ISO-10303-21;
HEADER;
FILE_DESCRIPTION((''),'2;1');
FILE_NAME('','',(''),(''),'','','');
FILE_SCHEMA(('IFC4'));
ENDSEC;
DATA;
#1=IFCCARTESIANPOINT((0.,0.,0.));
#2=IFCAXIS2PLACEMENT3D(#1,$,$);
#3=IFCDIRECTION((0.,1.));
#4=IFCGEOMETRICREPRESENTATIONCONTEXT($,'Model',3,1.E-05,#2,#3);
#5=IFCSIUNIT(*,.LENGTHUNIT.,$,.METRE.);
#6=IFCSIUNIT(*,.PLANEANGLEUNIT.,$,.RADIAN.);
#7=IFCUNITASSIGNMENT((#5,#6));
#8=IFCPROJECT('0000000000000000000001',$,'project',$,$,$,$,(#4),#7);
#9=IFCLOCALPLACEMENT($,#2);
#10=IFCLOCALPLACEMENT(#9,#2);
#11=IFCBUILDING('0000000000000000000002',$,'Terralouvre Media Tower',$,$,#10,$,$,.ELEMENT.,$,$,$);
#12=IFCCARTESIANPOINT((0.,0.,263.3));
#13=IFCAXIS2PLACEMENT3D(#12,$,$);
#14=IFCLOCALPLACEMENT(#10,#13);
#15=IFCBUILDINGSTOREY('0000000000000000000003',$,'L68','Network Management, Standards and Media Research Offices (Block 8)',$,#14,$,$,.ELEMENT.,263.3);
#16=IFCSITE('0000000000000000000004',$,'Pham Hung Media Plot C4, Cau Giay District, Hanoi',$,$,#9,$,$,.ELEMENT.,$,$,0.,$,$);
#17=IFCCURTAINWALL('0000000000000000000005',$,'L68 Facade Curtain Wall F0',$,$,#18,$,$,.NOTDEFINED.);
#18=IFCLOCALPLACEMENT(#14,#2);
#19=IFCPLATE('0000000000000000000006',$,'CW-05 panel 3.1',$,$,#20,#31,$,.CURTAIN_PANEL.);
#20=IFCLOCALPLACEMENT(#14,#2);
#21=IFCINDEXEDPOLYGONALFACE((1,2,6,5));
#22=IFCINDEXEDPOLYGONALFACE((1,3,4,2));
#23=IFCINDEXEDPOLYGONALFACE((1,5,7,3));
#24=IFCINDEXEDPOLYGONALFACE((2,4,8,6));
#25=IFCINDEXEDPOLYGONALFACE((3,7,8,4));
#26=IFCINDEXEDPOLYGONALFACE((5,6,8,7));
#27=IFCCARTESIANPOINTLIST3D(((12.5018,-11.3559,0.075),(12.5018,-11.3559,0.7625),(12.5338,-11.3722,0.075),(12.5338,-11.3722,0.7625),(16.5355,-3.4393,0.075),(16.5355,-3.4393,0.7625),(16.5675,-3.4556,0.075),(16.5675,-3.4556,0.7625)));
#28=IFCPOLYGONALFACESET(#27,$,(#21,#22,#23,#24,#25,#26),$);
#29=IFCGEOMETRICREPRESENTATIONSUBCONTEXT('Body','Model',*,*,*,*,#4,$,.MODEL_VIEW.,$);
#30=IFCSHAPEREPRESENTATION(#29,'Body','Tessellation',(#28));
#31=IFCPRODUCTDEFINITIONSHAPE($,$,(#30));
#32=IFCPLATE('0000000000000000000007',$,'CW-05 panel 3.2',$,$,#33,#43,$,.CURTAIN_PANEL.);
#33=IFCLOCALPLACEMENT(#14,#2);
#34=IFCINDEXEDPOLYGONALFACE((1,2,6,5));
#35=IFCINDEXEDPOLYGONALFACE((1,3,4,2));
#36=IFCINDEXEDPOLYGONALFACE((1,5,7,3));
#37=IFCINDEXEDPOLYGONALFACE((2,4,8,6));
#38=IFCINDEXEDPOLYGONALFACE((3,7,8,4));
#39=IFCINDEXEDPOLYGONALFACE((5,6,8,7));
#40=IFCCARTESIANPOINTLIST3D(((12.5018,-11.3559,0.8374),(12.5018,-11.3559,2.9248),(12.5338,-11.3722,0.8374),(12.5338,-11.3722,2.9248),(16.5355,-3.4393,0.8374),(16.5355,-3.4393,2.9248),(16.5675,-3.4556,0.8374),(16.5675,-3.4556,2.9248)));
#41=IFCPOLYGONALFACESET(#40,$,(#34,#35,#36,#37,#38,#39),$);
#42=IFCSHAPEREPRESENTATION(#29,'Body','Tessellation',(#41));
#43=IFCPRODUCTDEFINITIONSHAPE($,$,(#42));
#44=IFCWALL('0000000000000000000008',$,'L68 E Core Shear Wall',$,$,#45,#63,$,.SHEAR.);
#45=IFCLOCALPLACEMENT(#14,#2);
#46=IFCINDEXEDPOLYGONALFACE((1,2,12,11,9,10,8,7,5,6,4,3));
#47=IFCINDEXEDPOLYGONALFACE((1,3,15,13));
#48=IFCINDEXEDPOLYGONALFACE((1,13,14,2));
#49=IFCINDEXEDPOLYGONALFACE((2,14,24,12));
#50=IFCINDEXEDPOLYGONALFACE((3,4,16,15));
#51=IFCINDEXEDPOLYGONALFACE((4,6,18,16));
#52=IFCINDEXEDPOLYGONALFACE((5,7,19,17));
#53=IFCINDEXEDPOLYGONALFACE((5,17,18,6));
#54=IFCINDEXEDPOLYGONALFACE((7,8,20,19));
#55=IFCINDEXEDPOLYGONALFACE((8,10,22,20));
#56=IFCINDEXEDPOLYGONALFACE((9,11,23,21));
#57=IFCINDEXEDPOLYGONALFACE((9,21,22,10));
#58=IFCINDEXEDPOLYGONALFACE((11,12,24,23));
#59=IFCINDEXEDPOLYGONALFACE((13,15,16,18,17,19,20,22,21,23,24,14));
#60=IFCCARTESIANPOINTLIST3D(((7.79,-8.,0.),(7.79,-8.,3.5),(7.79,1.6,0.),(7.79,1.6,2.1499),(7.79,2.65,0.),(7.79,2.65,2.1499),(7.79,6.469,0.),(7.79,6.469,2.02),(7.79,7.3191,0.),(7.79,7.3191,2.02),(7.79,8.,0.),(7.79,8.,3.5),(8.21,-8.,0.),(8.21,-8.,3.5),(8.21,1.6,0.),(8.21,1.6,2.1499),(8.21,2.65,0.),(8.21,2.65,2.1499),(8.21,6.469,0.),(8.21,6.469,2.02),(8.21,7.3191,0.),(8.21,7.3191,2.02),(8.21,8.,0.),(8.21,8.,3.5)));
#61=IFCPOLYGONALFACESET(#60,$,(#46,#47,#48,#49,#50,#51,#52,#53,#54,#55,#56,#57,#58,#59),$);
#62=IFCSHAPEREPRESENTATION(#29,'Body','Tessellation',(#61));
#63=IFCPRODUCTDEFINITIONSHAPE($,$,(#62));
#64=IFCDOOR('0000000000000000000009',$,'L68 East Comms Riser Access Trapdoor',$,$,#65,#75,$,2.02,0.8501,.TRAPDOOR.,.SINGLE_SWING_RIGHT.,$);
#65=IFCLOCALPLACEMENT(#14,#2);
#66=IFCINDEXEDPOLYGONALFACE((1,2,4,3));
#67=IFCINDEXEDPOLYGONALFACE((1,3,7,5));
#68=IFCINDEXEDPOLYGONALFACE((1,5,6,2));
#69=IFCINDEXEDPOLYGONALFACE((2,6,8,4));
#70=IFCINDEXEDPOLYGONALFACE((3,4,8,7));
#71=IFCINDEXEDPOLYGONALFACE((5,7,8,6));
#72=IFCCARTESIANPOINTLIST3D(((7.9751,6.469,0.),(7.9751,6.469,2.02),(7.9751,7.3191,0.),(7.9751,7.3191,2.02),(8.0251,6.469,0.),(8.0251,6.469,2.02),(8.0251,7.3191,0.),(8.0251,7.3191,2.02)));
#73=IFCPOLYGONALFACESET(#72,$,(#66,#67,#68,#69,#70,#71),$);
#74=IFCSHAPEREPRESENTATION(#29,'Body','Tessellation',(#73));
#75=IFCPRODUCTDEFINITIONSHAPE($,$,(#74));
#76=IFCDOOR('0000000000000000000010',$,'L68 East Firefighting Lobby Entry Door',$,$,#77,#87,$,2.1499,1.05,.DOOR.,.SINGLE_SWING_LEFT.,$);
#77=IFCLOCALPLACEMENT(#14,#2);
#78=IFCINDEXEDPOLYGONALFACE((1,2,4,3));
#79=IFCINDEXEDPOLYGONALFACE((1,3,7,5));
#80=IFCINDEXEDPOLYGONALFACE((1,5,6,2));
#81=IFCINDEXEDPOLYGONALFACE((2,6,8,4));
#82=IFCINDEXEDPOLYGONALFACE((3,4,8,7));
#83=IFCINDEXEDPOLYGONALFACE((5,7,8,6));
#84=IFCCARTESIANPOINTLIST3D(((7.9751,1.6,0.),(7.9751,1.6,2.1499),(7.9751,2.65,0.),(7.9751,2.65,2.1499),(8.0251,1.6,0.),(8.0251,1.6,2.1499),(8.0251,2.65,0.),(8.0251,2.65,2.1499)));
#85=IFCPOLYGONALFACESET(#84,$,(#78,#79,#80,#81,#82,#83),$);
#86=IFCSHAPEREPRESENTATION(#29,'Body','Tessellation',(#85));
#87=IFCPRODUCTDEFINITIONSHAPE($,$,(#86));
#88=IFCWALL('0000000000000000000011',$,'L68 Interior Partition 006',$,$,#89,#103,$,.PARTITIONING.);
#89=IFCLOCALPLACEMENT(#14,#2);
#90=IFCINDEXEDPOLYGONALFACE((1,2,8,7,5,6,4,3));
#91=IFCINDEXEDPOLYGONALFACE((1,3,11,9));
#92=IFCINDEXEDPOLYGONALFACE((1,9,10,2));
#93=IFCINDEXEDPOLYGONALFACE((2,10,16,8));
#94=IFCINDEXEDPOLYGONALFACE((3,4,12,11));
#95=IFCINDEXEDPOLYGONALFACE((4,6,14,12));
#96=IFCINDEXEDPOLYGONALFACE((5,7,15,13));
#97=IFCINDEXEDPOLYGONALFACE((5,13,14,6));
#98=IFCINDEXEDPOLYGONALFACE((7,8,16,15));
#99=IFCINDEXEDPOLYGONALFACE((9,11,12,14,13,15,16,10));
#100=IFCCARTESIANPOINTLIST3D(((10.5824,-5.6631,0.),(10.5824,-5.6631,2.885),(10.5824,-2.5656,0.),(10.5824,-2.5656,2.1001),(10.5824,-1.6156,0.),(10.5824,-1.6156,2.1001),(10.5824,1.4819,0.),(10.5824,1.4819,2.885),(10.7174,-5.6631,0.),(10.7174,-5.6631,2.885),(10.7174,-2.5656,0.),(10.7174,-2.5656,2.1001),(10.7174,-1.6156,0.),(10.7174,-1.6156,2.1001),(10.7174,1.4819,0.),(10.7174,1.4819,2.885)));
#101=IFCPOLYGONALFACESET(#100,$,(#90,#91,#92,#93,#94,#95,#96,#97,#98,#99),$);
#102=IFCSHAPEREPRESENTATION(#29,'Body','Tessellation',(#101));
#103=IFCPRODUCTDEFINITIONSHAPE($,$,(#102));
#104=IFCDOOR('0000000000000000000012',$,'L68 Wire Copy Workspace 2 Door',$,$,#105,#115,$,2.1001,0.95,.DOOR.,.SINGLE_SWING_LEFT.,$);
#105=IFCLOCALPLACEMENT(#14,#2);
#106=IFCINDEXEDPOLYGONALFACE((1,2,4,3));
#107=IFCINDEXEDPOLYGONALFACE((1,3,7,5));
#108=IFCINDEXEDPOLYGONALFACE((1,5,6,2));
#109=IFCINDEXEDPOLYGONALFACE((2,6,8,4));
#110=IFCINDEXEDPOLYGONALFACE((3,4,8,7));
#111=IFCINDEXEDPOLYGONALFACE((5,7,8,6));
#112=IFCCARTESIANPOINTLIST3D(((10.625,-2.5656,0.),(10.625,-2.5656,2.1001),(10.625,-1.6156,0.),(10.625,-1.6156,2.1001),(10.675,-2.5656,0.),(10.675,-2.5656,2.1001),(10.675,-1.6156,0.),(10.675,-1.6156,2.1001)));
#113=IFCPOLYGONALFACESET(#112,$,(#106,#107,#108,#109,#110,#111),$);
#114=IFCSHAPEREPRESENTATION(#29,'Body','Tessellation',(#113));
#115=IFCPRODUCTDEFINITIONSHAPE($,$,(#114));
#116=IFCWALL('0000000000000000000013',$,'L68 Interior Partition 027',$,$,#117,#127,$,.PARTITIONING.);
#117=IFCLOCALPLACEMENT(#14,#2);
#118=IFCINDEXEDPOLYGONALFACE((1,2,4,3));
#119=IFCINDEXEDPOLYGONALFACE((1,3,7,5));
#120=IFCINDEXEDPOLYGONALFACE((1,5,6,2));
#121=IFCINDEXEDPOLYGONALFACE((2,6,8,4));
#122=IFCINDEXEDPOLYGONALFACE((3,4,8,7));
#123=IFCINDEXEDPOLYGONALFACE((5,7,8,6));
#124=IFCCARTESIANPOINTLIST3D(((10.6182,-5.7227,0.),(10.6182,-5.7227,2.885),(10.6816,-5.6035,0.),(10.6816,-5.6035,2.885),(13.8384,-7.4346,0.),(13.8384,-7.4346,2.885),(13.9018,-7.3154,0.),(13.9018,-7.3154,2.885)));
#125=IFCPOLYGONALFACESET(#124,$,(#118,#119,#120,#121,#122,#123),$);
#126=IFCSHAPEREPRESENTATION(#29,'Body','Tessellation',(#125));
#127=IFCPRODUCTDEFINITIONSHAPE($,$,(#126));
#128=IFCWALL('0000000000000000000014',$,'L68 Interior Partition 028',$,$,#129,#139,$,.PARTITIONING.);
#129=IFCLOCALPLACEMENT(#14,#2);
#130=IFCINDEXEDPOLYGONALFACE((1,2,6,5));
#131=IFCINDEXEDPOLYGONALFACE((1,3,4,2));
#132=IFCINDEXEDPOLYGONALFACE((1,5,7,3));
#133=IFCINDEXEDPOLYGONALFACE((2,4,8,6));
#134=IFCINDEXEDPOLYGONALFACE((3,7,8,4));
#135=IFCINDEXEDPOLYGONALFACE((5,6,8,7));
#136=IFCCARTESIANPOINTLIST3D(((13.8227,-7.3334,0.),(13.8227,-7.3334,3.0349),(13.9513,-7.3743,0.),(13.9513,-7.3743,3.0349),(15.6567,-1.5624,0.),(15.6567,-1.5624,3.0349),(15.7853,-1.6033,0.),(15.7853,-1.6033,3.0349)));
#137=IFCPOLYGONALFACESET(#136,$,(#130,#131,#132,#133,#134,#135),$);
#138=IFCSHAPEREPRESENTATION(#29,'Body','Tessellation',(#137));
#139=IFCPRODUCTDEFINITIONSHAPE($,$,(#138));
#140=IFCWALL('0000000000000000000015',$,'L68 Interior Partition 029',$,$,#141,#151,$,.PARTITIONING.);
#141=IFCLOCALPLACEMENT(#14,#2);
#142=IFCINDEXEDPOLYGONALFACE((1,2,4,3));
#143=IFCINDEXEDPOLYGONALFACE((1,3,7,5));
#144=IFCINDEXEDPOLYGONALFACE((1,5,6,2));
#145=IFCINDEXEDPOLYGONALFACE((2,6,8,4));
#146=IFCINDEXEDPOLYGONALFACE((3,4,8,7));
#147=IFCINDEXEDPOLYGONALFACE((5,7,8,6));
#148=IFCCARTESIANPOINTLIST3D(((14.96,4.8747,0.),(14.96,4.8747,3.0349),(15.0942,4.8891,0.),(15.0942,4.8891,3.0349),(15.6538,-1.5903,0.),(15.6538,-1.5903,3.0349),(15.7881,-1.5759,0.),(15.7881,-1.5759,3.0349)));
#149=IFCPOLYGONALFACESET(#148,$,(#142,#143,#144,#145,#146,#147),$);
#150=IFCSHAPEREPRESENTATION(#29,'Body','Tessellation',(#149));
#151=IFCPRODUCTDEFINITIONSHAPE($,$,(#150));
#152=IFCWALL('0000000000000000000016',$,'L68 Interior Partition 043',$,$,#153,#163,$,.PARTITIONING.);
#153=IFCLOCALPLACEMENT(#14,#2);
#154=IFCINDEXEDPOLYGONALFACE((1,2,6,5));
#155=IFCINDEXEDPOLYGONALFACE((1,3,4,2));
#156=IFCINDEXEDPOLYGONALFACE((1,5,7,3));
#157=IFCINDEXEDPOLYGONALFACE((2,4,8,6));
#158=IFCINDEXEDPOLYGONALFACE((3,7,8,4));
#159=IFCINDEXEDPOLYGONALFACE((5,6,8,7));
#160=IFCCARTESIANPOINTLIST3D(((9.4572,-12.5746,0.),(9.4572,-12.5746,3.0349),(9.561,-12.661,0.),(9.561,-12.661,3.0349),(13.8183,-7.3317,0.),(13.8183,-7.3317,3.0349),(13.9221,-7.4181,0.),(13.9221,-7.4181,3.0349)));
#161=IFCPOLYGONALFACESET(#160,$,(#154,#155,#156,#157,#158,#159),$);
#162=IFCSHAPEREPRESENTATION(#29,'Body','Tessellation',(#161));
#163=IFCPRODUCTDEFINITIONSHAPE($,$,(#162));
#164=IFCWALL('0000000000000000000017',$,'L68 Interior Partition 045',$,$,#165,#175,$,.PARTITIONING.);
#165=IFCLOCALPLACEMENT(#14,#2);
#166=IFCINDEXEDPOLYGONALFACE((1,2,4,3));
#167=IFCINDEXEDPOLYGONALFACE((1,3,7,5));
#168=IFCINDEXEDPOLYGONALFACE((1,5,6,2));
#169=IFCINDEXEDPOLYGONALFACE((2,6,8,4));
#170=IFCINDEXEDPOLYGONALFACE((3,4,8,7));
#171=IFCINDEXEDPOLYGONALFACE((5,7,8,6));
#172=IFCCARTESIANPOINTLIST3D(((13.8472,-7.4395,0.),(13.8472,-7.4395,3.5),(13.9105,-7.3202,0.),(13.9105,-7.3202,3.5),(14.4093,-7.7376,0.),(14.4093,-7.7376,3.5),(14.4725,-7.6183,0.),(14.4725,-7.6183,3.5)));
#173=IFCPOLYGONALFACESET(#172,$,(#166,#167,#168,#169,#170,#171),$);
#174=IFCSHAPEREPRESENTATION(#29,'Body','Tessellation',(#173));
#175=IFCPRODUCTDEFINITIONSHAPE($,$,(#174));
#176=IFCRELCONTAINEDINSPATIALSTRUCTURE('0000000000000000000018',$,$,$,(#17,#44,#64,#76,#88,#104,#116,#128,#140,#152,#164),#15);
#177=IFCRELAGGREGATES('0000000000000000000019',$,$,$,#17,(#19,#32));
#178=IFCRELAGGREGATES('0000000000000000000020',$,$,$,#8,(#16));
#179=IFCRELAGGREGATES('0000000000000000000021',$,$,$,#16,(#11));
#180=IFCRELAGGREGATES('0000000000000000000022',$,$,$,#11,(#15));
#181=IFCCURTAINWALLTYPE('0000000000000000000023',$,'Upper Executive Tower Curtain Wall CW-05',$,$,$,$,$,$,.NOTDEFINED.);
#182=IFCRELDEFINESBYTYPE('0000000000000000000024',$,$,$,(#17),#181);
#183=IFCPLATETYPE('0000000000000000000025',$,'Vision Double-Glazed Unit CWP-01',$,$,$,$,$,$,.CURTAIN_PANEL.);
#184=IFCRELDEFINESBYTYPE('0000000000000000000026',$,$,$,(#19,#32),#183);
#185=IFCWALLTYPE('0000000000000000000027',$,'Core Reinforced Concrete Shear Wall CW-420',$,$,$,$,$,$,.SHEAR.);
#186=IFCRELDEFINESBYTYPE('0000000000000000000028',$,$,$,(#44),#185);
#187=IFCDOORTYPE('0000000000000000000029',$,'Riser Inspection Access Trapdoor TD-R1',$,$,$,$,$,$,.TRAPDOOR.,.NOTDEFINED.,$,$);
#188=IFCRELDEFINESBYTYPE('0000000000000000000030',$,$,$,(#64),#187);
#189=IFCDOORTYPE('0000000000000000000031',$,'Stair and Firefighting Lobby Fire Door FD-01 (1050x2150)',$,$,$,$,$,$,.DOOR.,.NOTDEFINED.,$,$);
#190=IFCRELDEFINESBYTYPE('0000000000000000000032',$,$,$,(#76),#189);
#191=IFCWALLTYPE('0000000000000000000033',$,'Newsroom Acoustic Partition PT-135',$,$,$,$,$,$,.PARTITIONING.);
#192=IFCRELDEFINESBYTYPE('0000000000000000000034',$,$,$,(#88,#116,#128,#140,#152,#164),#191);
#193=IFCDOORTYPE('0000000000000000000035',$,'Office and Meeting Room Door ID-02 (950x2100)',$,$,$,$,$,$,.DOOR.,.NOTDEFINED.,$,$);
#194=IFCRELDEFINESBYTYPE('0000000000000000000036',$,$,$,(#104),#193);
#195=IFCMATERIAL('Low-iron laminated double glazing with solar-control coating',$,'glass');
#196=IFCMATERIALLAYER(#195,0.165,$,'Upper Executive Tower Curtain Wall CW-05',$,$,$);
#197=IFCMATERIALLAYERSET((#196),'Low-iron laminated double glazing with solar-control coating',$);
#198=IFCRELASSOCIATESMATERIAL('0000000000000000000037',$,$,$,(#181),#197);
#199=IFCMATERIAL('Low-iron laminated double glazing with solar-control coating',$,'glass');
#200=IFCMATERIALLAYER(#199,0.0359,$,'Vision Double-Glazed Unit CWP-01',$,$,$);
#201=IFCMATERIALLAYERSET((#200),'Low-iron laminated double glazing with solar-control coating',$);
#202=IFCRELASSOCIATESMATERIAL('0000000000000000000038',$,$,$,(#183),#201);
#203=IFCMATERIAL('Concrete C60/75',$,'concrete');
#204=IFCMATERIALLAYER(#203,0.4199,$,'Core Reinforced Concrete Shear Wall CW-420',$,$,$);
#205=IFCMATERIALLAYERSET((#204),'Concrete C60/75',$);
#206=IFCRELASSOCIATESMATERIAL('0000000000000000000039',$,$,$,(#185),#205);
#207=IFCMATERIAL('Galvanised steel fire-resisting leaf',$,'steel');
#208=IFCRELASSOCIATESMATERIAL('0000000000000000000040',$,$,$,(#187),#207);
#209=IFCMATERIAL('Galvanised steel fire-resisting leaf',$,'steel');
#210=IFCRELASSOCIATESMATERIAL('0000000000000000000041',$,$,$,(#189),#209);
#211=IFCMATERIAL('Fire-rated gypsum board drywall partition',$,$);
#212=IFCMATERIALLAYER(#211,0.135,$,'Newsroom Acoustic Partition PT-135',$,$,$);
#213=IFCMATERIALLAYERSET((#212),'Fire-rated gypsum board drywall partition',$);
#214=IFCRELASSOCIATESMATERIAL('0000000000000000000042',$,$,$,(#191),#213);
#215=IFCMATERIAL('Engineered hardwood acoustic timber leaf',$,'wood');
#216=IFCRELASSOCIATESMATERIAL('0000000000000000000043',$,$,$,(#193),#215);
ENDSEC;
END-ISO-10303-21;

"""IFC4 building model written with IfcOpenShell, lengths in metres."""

from ifc_helpers import new_model, si_unit, direction, frame, frame_2d, origin, origin_2d, place, context, subcontext, project, spatial, rectangle, extrude, material, layer, layer_set, type_object, element, fill, aggregate, save


model = new_model("IFC4")

# Units and contexts
model_context = context("Model", 3, precision=1e-05, world=origin(), true_north=direction((0.0, 1.0)))
body_context = subcontext(model_context, "Body", "Model", "MODEL_VIEW")
ifc_project = project(units=[si_unit("LENGTHUNIT", "METRE"), si_unit("PLANEANGLEUNIT", "RADIAN")], contexts=[model_context])

# Site, building, storey
site_placement = place(None, origin())
site = spatial("IfcSite", under=ifc_project, at=site_placement, Name="Pham Hung Media Plot C4, Cau Giay District, Hanoi", CompositionType="ELEMENT", RefElevation=0.0)
building_placement = place(site_placement, origin())
building = spatial("IfcBuilding", under=site, at=building_placement, Name="Terralouvre Media Tower", CompositionType="ELEMENT")
storey_placement = place(building_placement, frame((0.0, 0.0, 263.3)))
storey = spatial("IfcBuildingStorey", under=building, at=storey_placement, Name="L68", Description="Network Management, Standards and Media Research Offices (Block 8)", CompositionType="ELEMENT", Elevation=263.3)

# Curtain wall
ifc_material_1 = material(Name="Low-iron laminated double glazing with solar-control coating", Category="glass")
ifc_layer_1 = layer(ifc_material_1, 0.165, Name="Upper Executive Tower Curtain Wall CW-05")
ifc_layer_set_1 = layer_set([ifc_layer_1], Name="Low-iron laminated double glazing with solar-control coating")
curtain_wall_type = type_object("IfcCurtainWallType", Name="Upper Executive Tower Curtain Wall CW-05", PredefinedType="NOTDEFINED", material=ifc_layer_set_1)
curtain_wall_placement = place(storey_placement, origin())
curtain_wall = element("IfcCurtainWall", 1, at=curtain_wall_placement, inside=storey, type_object=curtain_wall_type, Name="L68 Facade Curtain Wall F0", PredefinedType="NOTDEFINED")

# Plates
ifc_material_2 = material(Name="Low-iron laminated double glazing with solar-control coating", Category="glass")
ifc_layer_2 = layer(ifc_material_2, 0.0359, Name="Vision Double-Glazed Unit CWP-01")
ifc_layer_set_2 = layer_set([ifc_layer_2], Name="Low-iron laminated double glazing with solar-control coating")
plate_type = type_object("IfcPlateType", Name="Vision Double-Glazed Unit CWP-01", PredefinedType="CURTAIN_PANEL", material=ifc_layer_set_2)
plate_1_placement = place(storey_placement, frame((14.5347, -7.4058, 0.075), z_axis=(0.0, 0.0, 1.0), x_axis=(0.45399, 0.891007, 0.0)))
plate_1 = element("IfcPlate", 2, at=plate_1_placement, type_object=plate_type, Name="CW-05 panel 3.1", PredefinedType="CURTAIN_PANEL", context=body_context, shape_type="SweptSolid", body=[
    extrude(rectangle(XDim=8.885, YDim=0.0359, at=origin_2d()), origin(), (0.0, 0.0, 1.0), 0.6875),
])
plate_2_placement = place(storey_placement, frame((14.5347, -7.4058, 0.8374), z_axis=(0.0, 0.0, 1.0), x_axis=(0.45399, 0.891007, 0.0)))
plate_2 = element("IfcPlate", 3, at=plate_2_placement, type_object=plate_type, Name="CW-05 panel 3.2", PredefinedType="CURTAIN_PANEL", context=body_context, shape_type="SweptSolid", body=[
    extrude(rectangle(XDim=8.885, YDim=0.0359, at=origin_2d()), origin(), (0.0, 0.0, 1.0), 2.0874),
])
aggregate(curtain_wall, [plate_1, plate_2])

# Wall, openings, doors
ifc_material_3 = material(Name="Concrete C60/75", Category="concrete")
ifc_layer_3 = layer(ifc_material_3, 0.4199, Name="Core Reinforced Concrete Shear Wall CW-420")
ifc_layer_set_3 = layer_set([ifc_layer_3], Name="Concrete C60/75")
wall_type_1 = type_object("IfcWallType", Name="Core Reinforced Concrete Shear Wall CW-420", PredefinedType="SHEAR", material=ifc_layer_set_3)
wall_1_placement = place(storey_placement, frame((8.0, -8.0, 0.0), z_axis=(0.0, 0.0, 1.0), x_axis=(0.0, 1.0, 0.0)))
wall_1 = element("IfcWall", 4, at=wall_1_placement, inside=storey, type_object=wall_type_1, Name="L68 E Core Shear Wall", PredefinedType="SHEAR", context=body_context, shape_type="SweptSolid", body=[
    extrude(rectangle(XDim=16.0, YDim=0.4199, at=frame_2d((8.0, 0.0))), origin(), (0.0, 0.0, 1.0), 3.5),
])
opening_1_placement = place(wall_1_placement, frame((9.6001, 0.0, 0.0)))
opening_1 = element("IfcOpeningElement", 5, at=opening_1_placement, cuts=wall_1, PredefinedType="OPENING", context=body_context, shape_type="SweptSolid", body=[
    extrude(rectangle(XDim=1.05, YDim=2.1499, at=frame_2d((0.5249, 1.075))), frame((0.0, 0.22, 0.0), z_axis=(0.0, -1.0, 0.0), x_axis=(1.0, 0.0, 0.0)), (0.0, 0.0, 1.0), 0.4399),
])
opening_2_placement = place(wall_1_placement, frame((14.469, 0.0, 0.0)))
opening_2 = element("IfcOpeningElement", 6, at=opening_2_placement, cuts=wall_1, PredefinedType="OPENING", context=body_context, shape_type="SweptSolid", body=[
    extrude(rectangle(XDim=0.8501, YDim=2.02, at=frame_2d((0.425, 1.01))), frame((0.0, 0.22, 0.0), z_axis=(0.0, -1.0, 0.0), x_axis=(1.0, 0.0, 0.0)), (0.0, 0.0, 1.0), 0.4399),
])
ifc_material_4 = material(Name="Galvanised steel fire-resisting leaf", Category="steel")
door_type_1 = type_object("IfcDoorType", Name="Riser Inspection Access Trapdoor TD-R1", OperationType="NOTDEFINED", PredefinedType="TRAPDOOR", material=ifc_material_4)
door_1_placement = place(opening_2_placement, origin())
door_1 = element("IfcDoor", 7, at=door_1_placement, inside=storey, type_object=door_type_1, Name="L68 East Comms Riser Access Trapdoor", OperationType="SINGLE_SWING_RIGHT", OverallHeight=2.02, OverallWidth=0.8501, PredefinedType="TRAPDOOR", context=body_context, shape_type="SweptSolid", body=[
    extrude(rectangle(XDim=0.8501, YDim=2.02, at=frame_2d((0.425, 1.01))), frame((0.0, 0.0249, 0.0), z_axis=(0.0, -1.0, 0.0), x_axis=(1.0, 0.0, 0.0)), (0.0, 0.0, 1.0), 0.05),
])
fill(opening_2, door_1)
ifc_material_5 = material(Name="Galvanised steel fire-resisting leaf", Category="steel")
door_type_2 = type_object("IfcDoorType", Name="Stair and Firefighting Lobby Fire Door FD-01 (1050x2150)", OperationType="NOTDEFINED", PredefinedType="DOOR", material=ifc_material_5)
door_2_placement = place(opening_1_placement, origin())
door_2 = element("IfcDoor", 8, at=door_2_placement, inside=storey, type_object=door_type_2, Name="L68 East Firefighting Lobby Entry Door", OperationType="SINGLE_SWING_LEFT", OverallHeight=2.1499, OverallWidth=1.05, PredefinedType="DOOR", context=body_context, shape_type="SweptSolid", body=[
    extrude(rectangle(XDim=1.05, YDim=2.1499, at=frame_2d((0.5249, 1.075))), frame((0.0, 0.0249, 0.0), z_axis=(0.0, -1.0, 0.0), x_axis=(1.0, 0.0, 0.0)), (0.0, 0.0, 1.0), 0.05),
])
fill(opening_1, door_2)

# Wall, opening, door
ifc_material_6 = material(Name="Fire-rated gypsum board drywall partition")
ifc_layer_4 = layer(ifc_material_6, 0.135, Name="Newsroom Acoustic Partition PT-135")
ifc_layer_set_4 = layer_set([ifc_layer_4], Name="Fire-rated gypsum board drywall partition")
wall_type_2 = type_object("IfcWallType", Name="Newsroom Acoustic Partition PT-135", PredefinedType="PARTITIONING", material=ifc_layer_set_4)
wall_2_placement = place(storey_placement, frame((10.6499, -5.6631, 0.0), z_axis=(0.0, 0.0, 1.0), x_axis=(0.0, 1.0, 0.0)))
wall_2 = element("IfcWall", 9, at=wall_2_placement, inside=storey, type_object=wall_type_2, Name="L68 Interior Partition 006", PredefinedType="PARTITIONING", context=body_context, shape_type="SweptSolid", body=[
    extrude(rectangle(XDim=7.145, YDim=0.135, at=frame_2d((3.5725, 0.0))), origin(), (0.0, 0.0, 1.0), 2.885),
])
opening_3_placement = place(wall_2_placement, frame((3.0974, 0.0, 0.0)))
opening_3 = element("IfcOpeningElement", 10, at=opening_3_placement, cuts=wall_2, PredefinedType="OPENING", context=body_context, shape_type="SweptSolid", body=[
    extrude(rectangle(XDim=0.95, YDim=2.1001, at=frame_2d((0.4751, 1.05))), frame((0.0, 0.0774, 0.0), z_axis=(0.0, -1.0, 0.0), x_axis=(1.0, 0.0, 0.0)), (0.0, 0.0, 1.0), 0.155),
])
ifc_material_7 = material(Name="Engineered hardwood acoustic timber leaf", Category="wood")
door_type_3 = type_object("IfcDoorType", Name="Office and Meeting Room Door ID-02 (950x2100)", OperationType="NOTDEFINED", PredefinedType="DOOR", material=ifc_material_7)
door_3_placement = place(opening_3_placement, origin())
door_3 = element("IfcDoor", 11, at=door_3_placement, inside=storey, type_object=door_type_3, Name="L68 Wire Copy Workspace 2 Door", OperationType="SINGLE_SWING_LEFT", OverallHeight=2.1001, OverallWidth=0.95, PredefinedType="DOOR", context=body_context, shape_type="SweptSolid", body=[
    extrude(rectangle(XDim=0.95, YDim=2.1001, at=frame_2d((0.4751, 1.05))), frame((0.0, 0.0249, 0.0), z_axis=(0.0, -1.0, 0.0), x_axis=(1.0, 0.0, 0.0)), (0.0, 0.0, 1.0), 0.05),
])
fill(opening_3, door_3)

# Walls
wall_3_placement = place(storey_placement, frame((10.6499, -5.6631, 0.0), z_axis=(0.0, 0.0, 1.0), x_axis=(0.882982, -0.469406, 0.0)))
element("IfcWall", 12, at=wall_3_placement, inside=storey, type_object=wall_type_2, Name="L68 Interior Partition 027", PredefinedType="PARTITIONING", context=body_context, shape_type="SweptSolid", body=[
    extrude(rectangle(XDim=3.647, YDim=0.135, at=frame_2d((1.8235, 0.0))), origin(), (0.0, 0.0, 1.0), 2.885),
])
wall_4_placement = place(storey_placement, frame((13.887, -7.354, 0.0), z_axis=(0.0, 0.0, 1.0), x_axis=(0.302867, 0.953033, 0.0)))
element("IfcWall", 13, at=wall_4_placement, inside=storey, type_object=wall_type_2, Name="L68 Interior Partition 028", PredefinedType="PARTITIONING", context=body_context, shape_type="SweptSolid", body=[
    extrude(rectangle(XDim=6.0554, YDim=0.135, at=frame_2d((3.0278, 0.0))), origin(), (0.0, 0.0, 1.0), 3.0349),
])
wall_5_placement = place(storey_placement, frame((15.7209, -1.583, 0.0), z_axis=(0.0, 0.0, 1.0), x_axis=(-0.106709, 0.99429, 0.0)))
element("IfcWall", 14, at=wall_5_placement, inside=storey, type_object=wall_type_2, Name="L68 Interior Partition 029", PredefinedType="PARTITIONING", context=body_context, shape_type="SweptSolid", body=[
    extrude(rectangle(XDim=6.5022, YDim=0.135, at=frame_2d((3.251, 0.0))), origin(), (0.0, 0.0, 1.0), 3.0349),
])
wall_6_placement = place(storey_placement, frame((13.8701, -7.375, 0.0), z_axis=(0.0, 0.0, 1.0), x_axis=(-0.63949, -0.768799, 0.0)))
element("IfcWall", 15, at=wall_6_placement, inside=storey, type_object=wall_type_2, Name="L68 Interior Partition 043", PredefinedType="PARTITIONING", context=body_context, shape_type="SweptSolid", body=[
    extrude(rectangle(XDim=6.8196, YDim=0.135, at=frame_2d((3.4097, 0.0))), origin(), (0.0, 0.0, 1.0), 3.0349),
])
wall_7_placement = place(storey_placement, frame((14.4409, -7.678, 0.0), z_axis=(0.0, 0.0, 1.0), x_axis=(-0.883424, 0.468575, 0.0)))
element("IfcWall", 16, at=wall_7_placement, inside=storey, type_object=wall_type_2, Name="L68 Interior Partition 045", PredefinedType="PARTITIONING", context=body_context, shape_type="SweptSolid", body=[
    extrude(rectangle(XDim=0.6362, YDim=0.135, at=frame_2d((0.3181, 0.0))), origin(), (0.0, 0.0, 1.0), 3.5),
])

save(model, "model.ifc")
